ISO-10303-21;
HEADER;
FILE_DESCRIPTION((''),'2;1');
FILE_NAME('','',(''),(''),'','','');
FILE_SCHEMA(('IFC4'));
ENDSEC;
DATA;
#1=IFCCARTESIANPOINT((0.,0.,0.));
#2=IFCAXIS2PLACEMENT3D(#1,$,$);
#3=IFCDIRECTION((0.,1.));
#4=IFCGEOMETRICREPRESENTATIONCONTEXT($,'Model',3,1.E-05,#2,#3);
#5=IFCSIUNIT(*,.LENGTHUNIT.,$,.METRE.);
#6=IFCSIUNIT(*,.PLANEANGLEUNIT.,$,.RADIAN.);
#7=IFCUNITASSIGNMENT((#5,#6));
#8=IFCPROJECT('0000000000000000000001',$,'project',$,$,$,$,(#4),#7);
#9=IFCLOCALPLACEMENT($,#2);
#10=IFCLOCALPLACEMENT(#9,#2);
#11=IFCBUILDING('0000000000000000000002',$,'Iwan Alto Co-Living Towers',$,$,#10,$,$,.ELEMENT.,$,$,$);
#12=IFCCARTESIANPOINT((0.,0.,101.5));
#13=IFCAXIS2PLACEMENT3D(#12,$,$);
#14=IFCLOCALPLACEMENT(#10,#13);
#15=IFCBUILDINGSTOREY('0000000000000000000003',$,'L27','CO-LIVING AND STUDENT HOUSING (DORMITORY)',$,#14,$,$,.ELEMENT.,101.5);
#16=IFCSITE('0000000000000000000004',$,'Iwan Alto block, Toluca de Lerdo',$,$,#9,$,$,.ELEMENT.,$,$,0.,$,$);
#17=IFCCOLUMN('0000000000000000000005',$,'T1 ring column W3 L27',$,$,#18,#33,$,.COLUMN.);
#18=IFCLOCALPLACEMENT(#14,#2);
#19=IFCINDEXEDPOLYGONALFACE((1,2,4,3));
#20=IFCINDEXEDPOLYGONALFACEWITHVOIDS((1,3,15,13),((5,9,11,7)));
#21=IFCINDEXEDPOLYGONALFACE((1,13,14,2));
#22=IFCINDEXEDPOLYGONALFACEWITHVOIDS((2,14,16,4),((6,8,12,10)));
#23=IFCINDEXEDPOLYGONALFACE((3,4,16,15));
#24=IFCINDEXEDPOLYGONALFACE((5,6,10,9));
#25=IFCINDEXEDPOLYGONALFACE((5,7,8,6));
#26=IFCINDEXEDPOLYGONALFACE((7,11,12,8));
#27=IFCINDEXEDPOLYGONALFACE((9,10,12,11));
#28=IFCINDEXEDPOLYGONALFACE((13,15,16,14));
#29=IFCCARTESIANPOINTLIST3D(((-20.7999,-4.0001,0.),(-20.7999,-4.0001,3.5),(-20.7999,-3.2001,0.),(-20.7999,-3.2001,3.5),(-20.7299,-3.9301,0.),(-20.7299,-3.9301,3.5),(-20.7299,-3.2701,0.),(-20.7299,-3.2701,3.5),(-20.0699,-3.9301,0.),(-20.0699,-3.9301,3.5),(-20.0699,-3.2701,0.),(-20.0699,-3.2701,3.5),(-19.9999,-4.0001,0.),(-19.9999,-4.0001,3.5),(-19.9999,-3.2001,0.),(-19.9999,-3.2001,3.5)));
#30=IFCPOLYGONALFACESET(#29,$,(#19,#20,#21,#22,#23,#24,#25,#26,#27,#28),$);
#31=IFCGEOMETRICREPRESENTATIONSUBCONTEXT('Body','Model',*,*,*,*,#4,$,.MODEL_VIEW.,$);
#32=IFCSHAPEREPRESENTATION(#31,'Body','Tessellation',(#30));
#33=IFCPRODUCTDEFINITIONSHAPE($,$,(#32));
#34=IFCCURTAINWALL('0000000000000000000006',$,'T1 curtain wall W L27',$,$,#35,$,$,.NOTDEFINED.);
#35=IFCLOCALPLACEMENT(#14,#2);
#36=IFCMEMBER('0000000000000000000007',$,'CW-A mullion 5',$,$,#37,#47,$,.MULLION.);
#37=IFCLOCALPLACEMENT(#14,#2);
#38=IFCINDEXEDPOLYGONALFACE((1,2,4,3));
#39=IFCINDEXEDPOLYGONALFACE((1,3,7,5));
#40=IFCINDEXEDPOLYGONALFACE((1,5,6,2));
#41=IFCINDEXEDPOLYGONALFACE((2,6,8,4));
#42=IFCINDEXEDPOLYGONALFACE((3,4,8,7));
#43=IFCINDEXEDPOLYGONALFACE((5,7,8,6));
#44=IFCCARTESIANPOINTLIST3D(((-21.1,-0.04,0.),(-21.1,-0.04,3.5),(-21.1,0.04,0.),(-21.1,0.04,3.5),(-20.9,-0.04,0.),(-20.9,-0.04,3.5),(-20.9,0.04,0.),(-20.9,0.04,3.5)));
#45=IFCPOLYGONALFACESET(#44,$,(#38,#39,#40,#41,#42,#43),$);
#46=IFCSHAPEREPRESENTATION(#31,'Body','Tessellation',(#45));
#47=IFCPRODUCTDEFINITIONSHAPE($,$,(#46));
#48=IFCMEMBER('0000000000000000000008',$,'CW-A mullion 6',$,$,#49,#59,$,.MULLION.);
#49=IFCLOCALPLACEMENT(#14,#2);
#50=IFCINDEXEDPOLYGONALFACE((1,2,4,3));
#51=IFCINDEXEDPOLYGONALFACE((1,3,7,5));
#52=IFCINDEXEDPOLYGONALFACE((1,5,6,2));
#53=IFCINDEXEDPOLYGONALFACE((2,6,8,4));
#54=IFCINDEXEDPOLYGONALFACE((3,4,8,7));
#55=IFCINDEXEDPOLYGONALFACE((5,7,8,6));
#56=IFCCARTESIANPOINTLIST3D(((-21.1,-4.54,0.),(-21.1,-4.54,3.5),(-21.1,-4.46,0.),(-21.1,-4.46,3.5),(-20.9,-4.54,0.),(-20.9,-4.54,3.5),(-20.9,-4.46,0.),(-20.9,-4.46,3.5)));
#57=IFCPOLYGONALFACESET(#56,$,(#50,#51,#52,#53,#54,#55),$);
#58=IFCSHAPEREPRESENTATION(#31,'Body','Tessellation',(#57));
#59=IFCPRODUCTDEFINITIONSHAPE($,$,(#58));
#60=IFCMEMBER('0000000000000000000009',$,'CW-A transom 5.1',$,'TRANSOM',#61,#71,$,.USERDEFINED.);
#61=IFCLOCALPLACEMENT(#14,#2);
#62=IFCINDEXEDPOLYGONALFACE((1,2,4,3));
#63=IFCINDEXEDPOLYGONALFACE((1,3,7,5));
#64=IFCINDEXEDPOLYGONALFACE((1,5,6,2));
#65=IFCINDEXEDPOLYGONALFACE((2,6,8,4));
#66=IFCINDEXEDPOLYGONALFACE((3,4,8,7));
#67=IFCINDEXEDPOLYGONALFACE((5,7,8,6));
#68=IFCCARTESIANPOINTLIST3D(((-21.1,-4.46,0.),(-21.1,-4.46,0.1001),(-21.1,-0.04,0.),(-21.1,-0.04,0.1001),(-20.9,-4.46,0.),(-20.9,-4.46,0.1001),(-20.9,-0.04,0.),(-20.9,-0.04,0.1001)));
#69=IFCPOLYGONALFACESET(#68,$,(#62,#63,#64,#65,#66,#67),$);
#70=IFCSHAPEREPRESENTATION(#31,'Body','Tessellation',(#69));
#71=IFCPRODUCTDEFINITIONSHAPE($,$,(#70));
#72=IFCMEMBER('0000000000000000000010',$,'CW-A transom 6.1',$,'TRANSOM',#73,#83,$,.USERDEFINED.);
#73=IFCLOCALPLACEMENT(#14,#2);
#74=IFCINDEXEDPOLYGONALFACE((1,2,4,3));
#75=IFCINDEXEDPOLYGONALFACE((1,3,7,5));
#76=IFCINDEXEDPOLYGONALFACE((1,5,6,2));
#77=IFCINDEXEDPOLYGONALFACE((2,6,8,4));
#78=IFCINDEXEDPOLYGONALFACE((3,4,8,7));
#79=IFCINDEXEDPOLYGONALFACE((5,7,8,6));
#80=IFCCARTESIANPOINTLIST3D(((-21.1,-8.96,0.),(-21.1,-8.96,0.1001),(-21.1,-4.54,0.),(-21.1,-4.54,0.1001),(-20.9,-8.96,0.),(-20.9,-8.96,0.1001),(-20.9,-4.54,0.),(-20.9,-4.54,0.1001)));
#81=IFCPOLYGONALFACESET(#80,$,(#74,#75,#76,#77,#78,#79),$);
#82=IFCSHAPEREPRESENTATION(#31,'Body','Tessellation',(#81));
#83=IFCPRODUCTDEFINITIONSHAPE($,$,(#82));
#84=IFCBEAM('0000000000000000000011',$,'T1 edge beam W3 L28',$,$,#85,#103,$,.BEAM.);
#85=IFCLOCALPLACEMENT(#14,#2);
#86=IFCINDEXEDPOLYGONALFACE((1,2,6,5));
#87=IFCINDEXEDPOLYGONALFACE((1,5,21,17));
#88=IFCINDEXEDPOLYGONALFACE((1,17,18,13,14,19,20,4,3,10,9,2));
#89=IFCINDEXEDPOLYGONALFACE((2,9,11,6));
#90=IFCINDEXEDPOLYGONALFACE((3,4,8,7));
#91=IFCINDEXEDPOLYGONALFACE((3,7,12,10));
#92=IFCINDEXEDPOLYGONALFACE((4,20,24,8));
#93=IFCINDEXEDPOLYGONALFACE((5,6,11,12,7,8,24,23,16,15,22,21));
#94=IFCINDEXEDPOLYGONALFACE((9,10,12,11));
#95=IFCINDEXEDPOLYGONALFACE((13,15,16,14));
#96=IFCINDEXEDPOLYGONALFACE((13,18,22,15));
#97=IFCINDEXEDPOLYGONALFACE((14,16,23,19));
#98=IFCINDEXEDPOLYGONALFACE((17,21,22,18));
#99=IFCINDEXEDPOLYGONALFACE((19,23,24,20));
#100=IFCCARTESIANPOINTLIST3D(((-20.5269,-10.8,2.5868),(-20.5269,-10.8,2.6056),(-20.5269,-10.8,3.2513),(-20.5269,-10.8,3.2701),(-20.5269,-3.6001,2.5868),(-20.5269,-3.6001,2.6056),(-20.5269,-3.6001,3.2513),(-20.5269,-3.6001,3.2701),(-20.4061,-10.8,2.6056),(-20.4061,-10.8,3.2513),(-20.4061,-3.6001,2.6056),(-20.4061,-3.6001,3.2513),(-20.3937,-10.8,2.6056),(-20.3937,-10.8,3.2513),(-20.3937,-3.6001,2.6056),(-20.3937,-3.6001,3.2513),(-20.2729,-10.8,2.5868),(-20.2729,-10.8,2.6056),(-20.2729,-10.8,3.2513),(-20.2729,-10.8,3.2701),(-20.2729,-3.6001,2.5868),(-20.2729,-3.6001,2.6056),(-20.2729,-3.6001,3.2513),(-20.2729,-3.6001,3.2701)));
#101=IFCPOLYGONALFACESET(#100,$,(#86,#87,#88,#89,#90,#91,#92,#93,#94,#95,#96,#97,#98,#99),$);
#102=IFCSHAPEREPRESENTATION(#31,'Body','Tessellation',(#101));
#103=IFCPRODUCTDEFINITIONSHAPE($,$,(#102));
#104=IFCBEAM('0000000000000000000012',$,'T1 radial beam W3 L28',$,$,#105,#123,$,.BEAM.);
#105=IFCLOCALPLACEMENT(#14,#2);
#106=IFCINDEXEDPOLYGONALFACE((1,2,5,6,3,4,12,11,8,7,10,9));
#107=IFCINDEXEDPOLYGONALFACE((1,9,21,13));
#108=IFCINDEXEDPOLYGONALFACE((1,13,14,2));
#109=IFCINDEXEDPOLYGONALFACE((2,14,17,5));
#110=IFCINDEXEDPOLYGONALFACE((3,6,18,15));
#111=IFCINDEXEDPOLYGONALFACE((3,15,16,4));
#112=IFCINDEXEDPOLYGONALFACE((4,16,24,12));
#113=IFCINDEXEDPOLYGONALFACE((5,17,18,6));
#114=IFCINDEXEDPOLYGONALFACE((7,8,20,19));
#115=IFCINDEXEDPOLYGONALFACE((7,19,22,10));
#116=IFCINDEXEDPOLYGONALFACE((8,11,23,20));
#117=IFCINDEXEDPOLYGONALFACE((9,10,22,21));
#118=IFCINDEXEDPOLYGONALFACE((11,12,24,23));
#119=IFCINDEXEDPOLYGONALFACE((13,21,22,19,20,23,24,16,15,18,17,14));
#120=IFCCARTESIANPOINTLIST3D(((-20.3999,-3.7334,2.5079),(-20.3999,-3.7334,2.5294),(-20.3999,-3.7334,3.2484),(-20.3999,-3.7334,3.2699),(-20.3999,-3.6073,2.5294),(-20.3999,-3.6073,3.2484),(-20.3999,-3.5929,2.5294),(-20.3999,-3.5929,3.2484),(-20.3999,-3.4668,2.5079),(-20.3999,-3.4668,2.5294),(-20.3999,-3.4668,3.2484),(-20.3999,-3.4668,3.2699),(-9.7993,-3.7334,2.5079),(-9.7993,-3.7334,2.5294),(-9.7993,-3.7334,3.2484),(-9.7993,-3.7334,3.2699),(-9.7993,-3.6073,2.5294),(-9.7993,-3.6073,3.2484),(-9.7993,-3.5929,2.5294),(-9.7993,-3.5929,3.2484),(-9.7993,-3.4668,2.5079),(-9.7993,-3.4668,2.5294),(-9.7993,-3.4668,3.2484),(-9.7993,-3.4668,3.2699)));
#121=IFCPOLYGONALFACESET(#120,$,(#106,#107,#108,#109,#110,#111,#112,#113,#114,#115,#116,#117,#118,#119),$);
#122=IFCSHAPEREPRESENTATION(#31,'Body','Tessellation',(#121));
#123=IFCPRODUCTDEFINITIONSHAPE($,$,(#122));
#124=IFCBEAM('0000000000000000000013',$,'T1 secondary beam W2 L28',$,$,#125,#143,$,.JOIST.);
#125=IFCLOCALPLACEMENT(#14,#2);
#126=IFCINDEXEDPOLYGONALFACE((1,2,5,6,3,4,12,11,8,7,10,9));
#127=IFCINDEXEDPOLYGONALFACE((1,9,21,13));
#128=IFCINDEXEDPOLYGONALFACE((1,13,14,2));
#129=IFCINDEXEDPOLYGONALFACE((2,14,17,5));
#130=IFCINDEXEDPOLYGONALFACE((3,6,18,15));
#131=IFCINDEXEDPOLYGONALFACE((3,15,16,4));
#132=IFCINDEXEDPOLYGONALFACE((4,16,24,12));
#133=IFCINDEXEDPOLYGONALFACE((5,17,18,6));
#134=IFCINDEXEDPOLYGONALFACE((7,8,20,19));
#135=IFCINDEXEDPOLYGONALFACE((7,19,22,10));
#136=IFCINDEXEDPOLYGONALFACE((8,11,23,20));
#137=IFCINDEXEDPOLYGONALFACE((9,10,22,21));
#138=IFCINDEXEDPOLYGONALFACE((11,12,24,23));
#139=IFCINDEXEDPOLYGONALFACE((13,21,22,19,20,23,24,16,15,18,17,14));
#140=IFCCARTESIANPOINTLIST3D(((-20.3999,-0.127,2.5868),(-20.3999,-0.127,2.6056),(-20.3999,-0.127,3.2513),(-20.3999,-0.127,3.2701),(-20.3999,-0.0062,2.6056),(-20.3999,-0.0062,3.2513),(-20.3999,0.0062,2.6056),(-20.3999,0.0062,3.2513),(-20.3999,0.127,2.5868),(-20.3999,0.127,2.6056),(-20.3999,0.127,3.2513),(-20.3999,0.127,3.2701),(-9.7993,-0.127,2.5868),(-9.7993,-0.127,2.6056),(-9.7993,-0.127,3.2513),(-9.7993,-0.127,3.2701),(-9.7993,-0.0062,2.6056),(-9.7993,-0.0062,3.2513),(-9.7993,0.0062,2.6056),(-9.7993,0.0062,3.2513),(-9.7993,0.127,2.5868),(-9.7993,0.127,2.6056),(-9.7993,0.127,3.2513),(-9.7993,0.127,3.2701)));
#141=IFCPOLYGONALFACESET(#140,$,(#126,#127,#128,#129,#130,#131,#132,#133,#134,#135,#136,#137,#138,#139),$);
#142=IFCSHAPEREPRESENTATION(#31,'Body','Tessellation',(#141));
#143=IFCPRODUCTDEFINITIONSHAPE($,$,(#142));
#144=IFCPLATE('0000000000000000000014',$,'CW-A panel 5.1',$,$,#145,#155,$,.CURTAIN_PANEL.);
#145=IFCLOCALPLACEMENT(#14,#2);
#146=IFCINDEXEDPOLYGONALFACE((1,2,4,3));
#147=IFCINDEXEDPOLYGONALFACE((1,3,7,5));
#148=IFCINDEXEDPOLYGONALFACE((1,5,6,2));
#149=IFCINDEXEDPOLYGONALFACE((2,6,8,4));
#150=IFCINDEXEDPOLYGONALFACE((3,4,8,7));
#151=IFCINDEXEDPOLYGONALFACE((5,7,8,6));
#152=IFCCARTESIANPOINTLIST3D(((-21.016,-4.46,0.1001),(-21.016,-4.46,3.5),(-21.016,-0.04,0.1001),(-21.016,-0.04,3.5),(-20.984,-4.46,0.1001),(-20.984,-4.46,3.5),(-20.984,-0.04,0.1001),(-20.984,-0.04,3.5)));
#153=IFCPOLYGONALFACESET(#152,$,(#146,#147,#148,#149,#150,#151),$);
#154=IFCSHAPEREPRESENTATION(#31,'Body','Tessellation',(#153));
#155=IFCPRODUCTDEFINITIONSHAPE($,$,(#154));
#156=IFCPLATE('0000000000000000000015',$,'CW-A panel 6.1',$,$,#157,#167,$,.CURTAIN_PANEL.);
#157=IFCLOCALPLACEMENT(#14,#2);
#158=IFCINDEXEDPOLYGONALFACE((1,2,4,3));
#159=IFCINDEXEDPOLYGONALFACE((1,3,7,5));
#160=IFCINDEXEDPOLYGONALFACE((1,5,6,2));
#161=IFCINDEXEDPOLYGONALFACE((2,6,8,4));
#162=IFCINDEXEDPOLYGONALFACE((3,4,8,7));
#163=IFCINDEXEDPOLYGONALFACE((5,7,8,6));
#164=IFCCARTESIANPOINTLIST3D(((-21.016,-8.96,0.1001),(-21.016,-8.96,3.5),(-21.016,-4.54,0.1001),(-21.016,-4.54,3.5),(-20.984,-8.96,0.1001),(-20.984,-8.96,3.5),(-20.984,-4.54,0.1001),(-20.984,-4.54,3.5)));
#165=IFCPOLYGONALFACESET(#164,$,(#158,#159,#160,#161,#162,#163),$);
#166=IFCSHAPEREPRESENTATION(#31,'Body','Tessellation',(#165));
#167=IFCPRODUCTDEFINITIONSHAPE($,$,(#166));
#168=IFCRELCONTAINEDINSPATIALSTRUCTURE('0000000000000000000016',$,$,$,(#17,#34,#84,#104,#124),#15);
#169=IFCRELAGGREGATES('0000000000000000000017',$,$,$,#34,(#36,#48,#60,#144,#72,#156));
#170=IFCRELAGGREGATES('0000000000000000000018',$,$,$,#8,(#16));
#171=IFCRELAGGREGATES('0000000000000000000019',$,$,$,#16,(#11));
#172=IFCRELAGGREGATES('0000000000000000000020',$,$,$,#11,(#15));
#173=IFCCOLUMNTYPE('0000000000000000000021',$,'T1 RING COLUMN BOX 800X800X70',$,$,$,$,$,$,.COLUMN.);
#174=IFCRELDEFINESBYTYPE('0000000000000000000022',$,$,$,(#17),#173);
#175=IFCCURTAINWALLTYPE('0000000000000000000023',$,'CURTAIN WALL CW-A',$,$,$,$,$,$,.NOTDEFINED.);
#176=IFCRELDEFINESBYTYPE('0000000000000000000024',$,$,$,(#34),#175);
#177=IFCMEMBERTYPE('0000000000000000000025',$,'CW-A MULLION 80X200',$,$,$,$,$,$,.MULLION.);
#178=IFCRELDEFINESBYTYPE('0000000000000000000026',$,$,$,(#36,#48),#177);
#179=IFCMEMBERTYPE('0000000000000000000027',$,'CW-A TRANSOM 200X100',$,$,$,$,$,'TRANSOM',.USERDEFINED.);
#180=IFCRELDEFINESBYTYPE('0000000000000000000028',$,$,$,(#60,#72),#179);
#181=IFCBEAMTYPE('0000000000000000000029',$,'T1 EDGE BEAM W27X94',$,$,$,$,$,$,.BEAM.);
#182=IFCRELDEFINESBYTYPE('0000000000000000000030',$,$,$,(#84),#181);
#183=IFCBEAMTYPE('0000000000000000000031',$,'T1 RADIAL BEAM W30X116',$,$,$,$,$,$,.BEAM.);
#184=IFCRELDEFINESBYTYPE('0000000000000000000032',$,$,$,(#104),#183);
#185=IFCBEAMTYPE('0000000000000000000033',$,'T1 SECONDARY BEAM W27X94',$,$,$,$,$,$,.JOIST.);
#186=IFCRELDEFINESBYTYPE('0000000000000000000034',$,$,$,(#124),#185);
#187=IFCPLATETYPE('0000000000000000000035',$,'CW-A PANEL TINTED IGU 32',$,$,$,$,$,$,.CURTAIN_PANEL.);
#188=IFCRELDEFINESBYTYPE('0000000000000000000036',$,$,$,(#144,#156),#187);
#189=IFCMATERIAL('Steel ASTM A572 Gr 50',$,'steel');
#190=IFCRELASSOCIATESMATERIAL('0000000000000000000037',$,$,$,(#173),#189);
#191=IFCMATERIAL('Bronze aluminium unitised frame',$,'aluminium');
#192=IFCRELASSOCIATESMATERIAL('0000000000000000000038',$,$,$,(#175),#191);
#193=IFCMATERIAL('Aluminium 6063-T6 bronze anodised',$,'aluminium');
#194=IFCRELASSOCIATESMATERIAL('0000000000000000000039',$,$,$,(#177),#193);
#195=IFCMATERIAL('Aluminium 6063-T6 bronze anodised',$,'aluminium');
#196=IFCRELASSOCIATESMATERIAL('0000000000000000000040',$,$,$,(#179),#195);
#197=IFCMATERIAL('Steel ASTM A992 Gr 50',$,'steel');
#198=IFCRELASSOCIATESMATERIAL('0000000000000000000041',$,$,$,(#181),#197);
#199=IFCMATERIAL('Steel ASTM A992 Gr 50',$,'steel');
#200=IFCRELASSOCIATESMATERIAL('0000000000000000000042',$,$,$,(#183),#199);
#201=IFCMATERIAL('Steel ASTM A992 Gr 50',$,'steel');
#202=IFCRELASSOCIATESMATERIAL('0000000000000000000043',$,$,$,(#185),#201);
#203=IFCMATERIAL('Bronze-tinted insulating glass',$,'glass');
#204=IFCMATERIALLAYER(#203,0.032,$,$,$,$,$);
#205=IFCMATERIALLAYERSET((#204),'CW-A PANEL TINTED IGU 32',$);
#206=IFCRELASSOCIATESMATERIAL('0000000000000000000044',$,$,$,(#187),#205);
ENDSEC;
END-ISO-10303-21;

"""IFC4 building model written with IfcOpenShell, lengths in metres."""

from ifc_helpers import new_model, si_unit, direction, frame, origin, origin_2d, place, context, subcontext, project, spatial, rectangle, hollow_rectangle, i_section, extrude, material, layer, layer_set, material_profile, profile_set, type_object, element, aggregate, save


model = new_model("IFC4")

# Units and contexts
model_context = context("Model", 3, precision=1e-05, world=origin(), true_north=direction((0.0, 1.0)))
body_context = subcontext(model_context, "Body", "Model", "MODEL_VIEW")
ifc_project = project(units=[si_unit("LENGTHUNIT", "METRE"), si_unit("PLANEANGLEUNIT", "RADIAN")], contexts=[model_context])

# Site, building, storey
site_placement = place(None, origin())
site = spatial("IfcSite", under=ifc_project, at=site_placement, Name="Iwan Alto block, Toluca de Lerdo", CompositionType="ELEMENT", RefElevation=0.0)
building_placement = place(site_placement, origin())
building = spatial("IfcBuilding", under=site, at=building_placement, Name="Iwan Alto Co-Living Towers", CompositionType="ELEMENT")
storey_placement = place(building_placement, frame((0.0, 0.0, 101.5)))
storey = spatial("IfcBuildingStorey", under=building, at=storey_placement, Name="L27", Description="CO-LIVING AND STUDENT HOUSING (DORMITORY)", CompositionType="ELEMENT", Elevation=101.5)

# Column
ifc_material_1 = material(Name="Steel ASTM A572 Gr 50", Category="steel")
ifc_material_profile_1 = material_profile(ifc_material_1, hollow_rectangle(XDim=0.8, YDim=0.8, WallThickness=0.0701, at=origin_2d()), Name="BOX 800X800X70")
ifc_profile_set_1 = profile_set([ifc_material_profile_1], Name="Steel ASTM A572 Gr 50")
column_type = type_object("IfcColumnType", Name="T1 RING COLUMN BOX 800X800X70", PredefinedType="COLUMN", material=ifc_profile_set_1)
column_placement = place(storey_placement, frame((-20.3999, -3.6001, 0.0), z_axis=(0.0, 0.0, 1.0), x_axis=(1.0, 0.0, 0.0)))
element("IfcColumn", 1, at=column_placement, inside=storey, type_object=column_type, Name="T1 ring column W3 L27", PredefinedType="COLUMN", context=body_context, shape_type="SweptSolid", body=[
    extrude(hollow_rectangle(XDim=0.8, YDim=0.8, WallThickness=0.0701, at=origin_2d()), origin(), (0.0, 0.0, 1.0), 3.5),
])

# Curtain wall, members
ifc_material_2 = material(Name="Bronze aluminium unitised frame", Category="aluminium")
curtain_wall_type = type_object("IfcCurtainWallType", Name="CURTAIN WALL CW-A", PredefinedType="NOTDEFINED", material=ifc_material_2)
curtain_wall_placement = place(storey_placement, origin())
curtain_wall = element("IfcCurtainWall", 2, at=curtain_wall_placement, inside=storey, type_object=curtain_wall_type, Name="T1 curtain wall W L27", PredefinedType="NOTDEFINED")
ifc_material_3 = material(Name="Aluminium 6063-T6 bronze anodised", Category="aluminium")
ifc_material_profile_2 = material_profile(ifc_material_3, rectangle(XDim=0.2, YDim=0.0801, at=origin_2d()), Name="AL 80X200")
ifc_profile_set_2 = profile_set([ifc_material_profile_2], Name="Aluminium 6063-T6 bronze anodised")
member_type_1 = type_object("IfcMemberType", Name="CW-A MULLION 80X200", PredefinedType="MULLION", material=ifc_profile_set_2)
member_1_placement = place(storey_placement, frame((-21.0, 0.0, 0.0), z_axis=(0.0, 0.0, 1.0), x_axis=(1.0, 0.0, 0.0)))
member_1 = element("IfcMember", 3, at=member_1_placement, type_object=member_type_1, Name="CW-A mullion 5", PredefinedType="MULLION", context=body_context, shape_type="SweptSolid", body=[
    extrude(rectangle(XDim=0.2, YDim=0.0801, at=origin_2d()), origin(), (0.0, 0.0, 1.0), 3.5),
])
member_2_placement = place(storey_placement, frame((-21.0, -4.5, 0.0), z_axis=(0.0, 0.0, 1.0), x_axis=(1.0, 0.0, 0.0)))
member_2 = element("IfcMember", 4, at=member_2_placement, type_object=member_type_1, Name="CW-A mullion 6", PredefinedType="MULLION", context=body_context, shape_type="SweptSolid", body=[
    extrude(rectangle(XDim=0.2, YDim=0.0801, at=origin_2d()), origin(), (0.0, 0.0, 1.0), 3.5),
])
ifc_material_4 = material(Name="Aluminium 6063-T6 bronze anodised", Category="aluminium")
ifc_material_profile_3 = material_profile(ifc_material_4, rectangle(XDim=0.2, YDim=0.1001, at=origin_2d()), Name="AL 200X100")
ifc_profile_set_3 = profile_set([ifc_material_profile_3], Name="Aluminium 6063-T6 bronze anodised")
member_type_2 = type_object("IfcMemberType", Name="CW-A TRANSOM 200X100", ElementType="TRANSOM", PredefinedType="USERDEFINED", material=ifc_profile_set_3)
member_3_placement = place(storey_placement, frame((-21.0, -0.04, 0.05), z_axis=(0.0, -1.0, 0.0), x_axis=(1.0, 0.0, 0.0)))
member_3 = element("IfcMember", 5, at=member_3_placement, type_object=member_type_2, Name="CW-A transom 5.1", ObjectType="TRANSOM", PredefinedType="USERDEFINED", context=body_context, shape_type="SweptSolid", body=[
    extrude(rectangle(XDim=0.2, YDim=0.1001, at=origin_2d()), origin(), (0.0, 0.0, 1.0), 4.4199),
])
member_4_placement = place(storey_placement, frame((-21.0, -4.54, 0.05), z_axis=(0.0, -1.0, 0.0), x_axis=(1.0, 0.0, 0.0)))
member_4 = element("IfcMember", 6, at=member_4_placement, type_object=member_type_2, Name="CW-A transom 6.1", ObjectType="TRANSOM", PredefinedType="USERDEFINED", context=body_context, shape_type="SweptSolid", body=[
    extrude(rectangle(XDim=0.2, YDim=0.1001, at=origin_2d()), origin(), (0.0, 0.0, 1.0), 4.4199),
])

# Beams
ifc_material_5 = material(Name="Steel ASTM A992 Gr 50", Category="steel")
ifc_material_profile_4 = material_profile(ifc_material_5, i_section(OverallWidth=0.2539, OverallDepth=0.6833, WebThickness=0.0125, FlangeThickness=0.0188, at=origin_2d()), Name="W27X94")
ifc_profile_set_4 = profile_set([ifc_material_profile_4], Name="Steel ASTM A992 Gr 50")
beam_type_1 = type_object("IfcBeamType", Name="T1 EDGE BEAM W27X94", PredefinedType="BEAM", material=ifc_profile_set_4)
beam_1_placement = place(storey_placement, frame((-20.3999, -3.6001, 2.9285), z_axis=(0.0, -1.0, 0.0), x_axis=(1.0, 0.0, 0.0)))
element("IfcBeam", 7, at=beam_1_placement, inside=storey, type_object=beam_type_1, Name="T1 edge beam W3 L28", PredefinedType="BEAM", context=body_context, shape_type="SweptSolid", body=[
    extrude(i_section(OverallWidth=0.2539, OverallDepth=0.6833, WebThickness=0.0125, FlangeThickness=0.0188, at=origin_2d()), origin(), (0.0, 0.0, 1.0), 7.2),
])
ifc_material_6 = material(Name="Steel ASTM A992 Gr 50", Category="steel")
ifc_material_profile_5 = material_profile(ifc_material_6, i_section(OverallWidth=0.2666, OverallDepth=0.762, WebThickness=0.0144, FlangeThickness=0.0215, at=origin_2d()), Name="W30X116")
ifc_profile_set_5 = profile_set([ifc_material_profile_5], Name="Steel ASTM A992 Gr 50")
beam_type_2 = type_object("IfcBeamType", Name="T1 RADIAL BEAM W30X116", PredefinedType="BEAM", material=ifc_profile_set_5)
beam_2_placement = place(storey_placement, frame((-20.3999, -3.6001, 2.8889), z_axis=(1.0, 0.0, 0.0), x_axis=(0.0, 1.0, 0.0)))
element("IfcBeam", 8, at=beam_2_placement, inside=storey, type_object=beam_type_2, Name="T1 radial beam W3 L28", PredefinedType="BEAM", context=body_context, shape_type="SweptSolid", body=[
    extrude(i_section(OverallWidth=0.2666, OverallDepth=0.762, WebThickness=0.0144, FlangeThickness=0.0215, at=origin_2d()), origin(), (0.0, 0.0, 1.0), 10.6006),
])
ifc_material_7 = material(Name="Steel ASTM A992 Gr 50", Category="steel")
ifc_material_profile_6 = material_profile(ifc_material_7, i_section(OverallWidth=0.2539, OverallDepth=0.6833, WebThickness=0.0125, FlangeThickness=0.0188, at=origin_2d()), Name="W27X94")
ifc_profile_set_6 = profile_set([ifc_material_profile_6], Name="Steel ASTM A992 Gr 50")
beam_type_3 = type_object("IfcBeamType", Name="T1 SECONDARY BEAM W27X94", PredefinedType="JOIST", material=ifc_profile_set_6)
beam_3_placement = place(storey_placement, frame((-20.3999, 0.0, 2.9285), z_axis=(1.0, 0.0, 0.0), x_axis=(0.0, 1.0, 0.0)))
element("IfcBeam", 9, at=beam_3_placement, inside=storey, type_object=beam_type_3, Name="T1 secondary beam W2 L28", PredefinedType="JOIST", context=body_context, shape_type="SweptSolid", body=[
    extrude(i_section(OverallWidth=0.2539, OverallDepth=0.6833, WebThickness=0.0125, FlangeThickness=0.0188, at=origin_2d()), origin(), (0.0, 0.0, 1.0), 10.6006),
])

# Plates
ifc_material_8 = material(Name="Bronze-tinted insulating glass", Category="glass")
ifc_layer_1 = layer(ifc_material_8, 0.032)
ifc_layer_set_1 = layer_set([ifc_layer_1], Name="CW-A PANEL TINTED IGU 32")
plate_type = type_object("IfcPlateType", Name="CW-A PANEL TINTED IGU 32", PredefinedType="CURTAIN_PANEL", material=ifc_layer_set_1)
plate_1_placement = place(storey_placement, frame((-21.0, -2.25, 0.1001), z_axis=(0.0, 0.0, 1.0), x_axis=(0.0, -1.0, 0.0)))
plate_1 = element("IfcPlate", 10, at=plate_1_placement, type_object=plate_type, Name="CW-A panel 5.1", PredefinedType="CURTAIN_PANEL", context=body_context, shape_type="SweptSolid", body=[
    extrude(rectangle(XDim=4.4199, YDim=0.032, at=origin_2d()), origin(), (0.0, 0.0, 1.0), 3.3999),
])
plate_2_placement = place(storey_placement, frame((-21.0, -6.75, 0.1001), z_axis=(0.0, 0.0, 1.0), x_axis=(0.0, -1.0, 0.0)))
plate_2 = element("IfcPlate", 11, at=plate_2_placement, type_object=plate_type, Name="CW-A panel 6.1", PredefinedType="CURTAIN_PANEL", context=body_context, shape_type="SweptSolid", body=[
    extrude(rectangle(XDim=4.4199, YDim=0.032, at=origin_2d()), origin(), (0.0, 0.0, 1.0), 3.3999),
])
aggregate(curtain_wall, [member_1, member_2, member_3, plate_1, member_4, plate_2])

save(model, "model.ifc")
